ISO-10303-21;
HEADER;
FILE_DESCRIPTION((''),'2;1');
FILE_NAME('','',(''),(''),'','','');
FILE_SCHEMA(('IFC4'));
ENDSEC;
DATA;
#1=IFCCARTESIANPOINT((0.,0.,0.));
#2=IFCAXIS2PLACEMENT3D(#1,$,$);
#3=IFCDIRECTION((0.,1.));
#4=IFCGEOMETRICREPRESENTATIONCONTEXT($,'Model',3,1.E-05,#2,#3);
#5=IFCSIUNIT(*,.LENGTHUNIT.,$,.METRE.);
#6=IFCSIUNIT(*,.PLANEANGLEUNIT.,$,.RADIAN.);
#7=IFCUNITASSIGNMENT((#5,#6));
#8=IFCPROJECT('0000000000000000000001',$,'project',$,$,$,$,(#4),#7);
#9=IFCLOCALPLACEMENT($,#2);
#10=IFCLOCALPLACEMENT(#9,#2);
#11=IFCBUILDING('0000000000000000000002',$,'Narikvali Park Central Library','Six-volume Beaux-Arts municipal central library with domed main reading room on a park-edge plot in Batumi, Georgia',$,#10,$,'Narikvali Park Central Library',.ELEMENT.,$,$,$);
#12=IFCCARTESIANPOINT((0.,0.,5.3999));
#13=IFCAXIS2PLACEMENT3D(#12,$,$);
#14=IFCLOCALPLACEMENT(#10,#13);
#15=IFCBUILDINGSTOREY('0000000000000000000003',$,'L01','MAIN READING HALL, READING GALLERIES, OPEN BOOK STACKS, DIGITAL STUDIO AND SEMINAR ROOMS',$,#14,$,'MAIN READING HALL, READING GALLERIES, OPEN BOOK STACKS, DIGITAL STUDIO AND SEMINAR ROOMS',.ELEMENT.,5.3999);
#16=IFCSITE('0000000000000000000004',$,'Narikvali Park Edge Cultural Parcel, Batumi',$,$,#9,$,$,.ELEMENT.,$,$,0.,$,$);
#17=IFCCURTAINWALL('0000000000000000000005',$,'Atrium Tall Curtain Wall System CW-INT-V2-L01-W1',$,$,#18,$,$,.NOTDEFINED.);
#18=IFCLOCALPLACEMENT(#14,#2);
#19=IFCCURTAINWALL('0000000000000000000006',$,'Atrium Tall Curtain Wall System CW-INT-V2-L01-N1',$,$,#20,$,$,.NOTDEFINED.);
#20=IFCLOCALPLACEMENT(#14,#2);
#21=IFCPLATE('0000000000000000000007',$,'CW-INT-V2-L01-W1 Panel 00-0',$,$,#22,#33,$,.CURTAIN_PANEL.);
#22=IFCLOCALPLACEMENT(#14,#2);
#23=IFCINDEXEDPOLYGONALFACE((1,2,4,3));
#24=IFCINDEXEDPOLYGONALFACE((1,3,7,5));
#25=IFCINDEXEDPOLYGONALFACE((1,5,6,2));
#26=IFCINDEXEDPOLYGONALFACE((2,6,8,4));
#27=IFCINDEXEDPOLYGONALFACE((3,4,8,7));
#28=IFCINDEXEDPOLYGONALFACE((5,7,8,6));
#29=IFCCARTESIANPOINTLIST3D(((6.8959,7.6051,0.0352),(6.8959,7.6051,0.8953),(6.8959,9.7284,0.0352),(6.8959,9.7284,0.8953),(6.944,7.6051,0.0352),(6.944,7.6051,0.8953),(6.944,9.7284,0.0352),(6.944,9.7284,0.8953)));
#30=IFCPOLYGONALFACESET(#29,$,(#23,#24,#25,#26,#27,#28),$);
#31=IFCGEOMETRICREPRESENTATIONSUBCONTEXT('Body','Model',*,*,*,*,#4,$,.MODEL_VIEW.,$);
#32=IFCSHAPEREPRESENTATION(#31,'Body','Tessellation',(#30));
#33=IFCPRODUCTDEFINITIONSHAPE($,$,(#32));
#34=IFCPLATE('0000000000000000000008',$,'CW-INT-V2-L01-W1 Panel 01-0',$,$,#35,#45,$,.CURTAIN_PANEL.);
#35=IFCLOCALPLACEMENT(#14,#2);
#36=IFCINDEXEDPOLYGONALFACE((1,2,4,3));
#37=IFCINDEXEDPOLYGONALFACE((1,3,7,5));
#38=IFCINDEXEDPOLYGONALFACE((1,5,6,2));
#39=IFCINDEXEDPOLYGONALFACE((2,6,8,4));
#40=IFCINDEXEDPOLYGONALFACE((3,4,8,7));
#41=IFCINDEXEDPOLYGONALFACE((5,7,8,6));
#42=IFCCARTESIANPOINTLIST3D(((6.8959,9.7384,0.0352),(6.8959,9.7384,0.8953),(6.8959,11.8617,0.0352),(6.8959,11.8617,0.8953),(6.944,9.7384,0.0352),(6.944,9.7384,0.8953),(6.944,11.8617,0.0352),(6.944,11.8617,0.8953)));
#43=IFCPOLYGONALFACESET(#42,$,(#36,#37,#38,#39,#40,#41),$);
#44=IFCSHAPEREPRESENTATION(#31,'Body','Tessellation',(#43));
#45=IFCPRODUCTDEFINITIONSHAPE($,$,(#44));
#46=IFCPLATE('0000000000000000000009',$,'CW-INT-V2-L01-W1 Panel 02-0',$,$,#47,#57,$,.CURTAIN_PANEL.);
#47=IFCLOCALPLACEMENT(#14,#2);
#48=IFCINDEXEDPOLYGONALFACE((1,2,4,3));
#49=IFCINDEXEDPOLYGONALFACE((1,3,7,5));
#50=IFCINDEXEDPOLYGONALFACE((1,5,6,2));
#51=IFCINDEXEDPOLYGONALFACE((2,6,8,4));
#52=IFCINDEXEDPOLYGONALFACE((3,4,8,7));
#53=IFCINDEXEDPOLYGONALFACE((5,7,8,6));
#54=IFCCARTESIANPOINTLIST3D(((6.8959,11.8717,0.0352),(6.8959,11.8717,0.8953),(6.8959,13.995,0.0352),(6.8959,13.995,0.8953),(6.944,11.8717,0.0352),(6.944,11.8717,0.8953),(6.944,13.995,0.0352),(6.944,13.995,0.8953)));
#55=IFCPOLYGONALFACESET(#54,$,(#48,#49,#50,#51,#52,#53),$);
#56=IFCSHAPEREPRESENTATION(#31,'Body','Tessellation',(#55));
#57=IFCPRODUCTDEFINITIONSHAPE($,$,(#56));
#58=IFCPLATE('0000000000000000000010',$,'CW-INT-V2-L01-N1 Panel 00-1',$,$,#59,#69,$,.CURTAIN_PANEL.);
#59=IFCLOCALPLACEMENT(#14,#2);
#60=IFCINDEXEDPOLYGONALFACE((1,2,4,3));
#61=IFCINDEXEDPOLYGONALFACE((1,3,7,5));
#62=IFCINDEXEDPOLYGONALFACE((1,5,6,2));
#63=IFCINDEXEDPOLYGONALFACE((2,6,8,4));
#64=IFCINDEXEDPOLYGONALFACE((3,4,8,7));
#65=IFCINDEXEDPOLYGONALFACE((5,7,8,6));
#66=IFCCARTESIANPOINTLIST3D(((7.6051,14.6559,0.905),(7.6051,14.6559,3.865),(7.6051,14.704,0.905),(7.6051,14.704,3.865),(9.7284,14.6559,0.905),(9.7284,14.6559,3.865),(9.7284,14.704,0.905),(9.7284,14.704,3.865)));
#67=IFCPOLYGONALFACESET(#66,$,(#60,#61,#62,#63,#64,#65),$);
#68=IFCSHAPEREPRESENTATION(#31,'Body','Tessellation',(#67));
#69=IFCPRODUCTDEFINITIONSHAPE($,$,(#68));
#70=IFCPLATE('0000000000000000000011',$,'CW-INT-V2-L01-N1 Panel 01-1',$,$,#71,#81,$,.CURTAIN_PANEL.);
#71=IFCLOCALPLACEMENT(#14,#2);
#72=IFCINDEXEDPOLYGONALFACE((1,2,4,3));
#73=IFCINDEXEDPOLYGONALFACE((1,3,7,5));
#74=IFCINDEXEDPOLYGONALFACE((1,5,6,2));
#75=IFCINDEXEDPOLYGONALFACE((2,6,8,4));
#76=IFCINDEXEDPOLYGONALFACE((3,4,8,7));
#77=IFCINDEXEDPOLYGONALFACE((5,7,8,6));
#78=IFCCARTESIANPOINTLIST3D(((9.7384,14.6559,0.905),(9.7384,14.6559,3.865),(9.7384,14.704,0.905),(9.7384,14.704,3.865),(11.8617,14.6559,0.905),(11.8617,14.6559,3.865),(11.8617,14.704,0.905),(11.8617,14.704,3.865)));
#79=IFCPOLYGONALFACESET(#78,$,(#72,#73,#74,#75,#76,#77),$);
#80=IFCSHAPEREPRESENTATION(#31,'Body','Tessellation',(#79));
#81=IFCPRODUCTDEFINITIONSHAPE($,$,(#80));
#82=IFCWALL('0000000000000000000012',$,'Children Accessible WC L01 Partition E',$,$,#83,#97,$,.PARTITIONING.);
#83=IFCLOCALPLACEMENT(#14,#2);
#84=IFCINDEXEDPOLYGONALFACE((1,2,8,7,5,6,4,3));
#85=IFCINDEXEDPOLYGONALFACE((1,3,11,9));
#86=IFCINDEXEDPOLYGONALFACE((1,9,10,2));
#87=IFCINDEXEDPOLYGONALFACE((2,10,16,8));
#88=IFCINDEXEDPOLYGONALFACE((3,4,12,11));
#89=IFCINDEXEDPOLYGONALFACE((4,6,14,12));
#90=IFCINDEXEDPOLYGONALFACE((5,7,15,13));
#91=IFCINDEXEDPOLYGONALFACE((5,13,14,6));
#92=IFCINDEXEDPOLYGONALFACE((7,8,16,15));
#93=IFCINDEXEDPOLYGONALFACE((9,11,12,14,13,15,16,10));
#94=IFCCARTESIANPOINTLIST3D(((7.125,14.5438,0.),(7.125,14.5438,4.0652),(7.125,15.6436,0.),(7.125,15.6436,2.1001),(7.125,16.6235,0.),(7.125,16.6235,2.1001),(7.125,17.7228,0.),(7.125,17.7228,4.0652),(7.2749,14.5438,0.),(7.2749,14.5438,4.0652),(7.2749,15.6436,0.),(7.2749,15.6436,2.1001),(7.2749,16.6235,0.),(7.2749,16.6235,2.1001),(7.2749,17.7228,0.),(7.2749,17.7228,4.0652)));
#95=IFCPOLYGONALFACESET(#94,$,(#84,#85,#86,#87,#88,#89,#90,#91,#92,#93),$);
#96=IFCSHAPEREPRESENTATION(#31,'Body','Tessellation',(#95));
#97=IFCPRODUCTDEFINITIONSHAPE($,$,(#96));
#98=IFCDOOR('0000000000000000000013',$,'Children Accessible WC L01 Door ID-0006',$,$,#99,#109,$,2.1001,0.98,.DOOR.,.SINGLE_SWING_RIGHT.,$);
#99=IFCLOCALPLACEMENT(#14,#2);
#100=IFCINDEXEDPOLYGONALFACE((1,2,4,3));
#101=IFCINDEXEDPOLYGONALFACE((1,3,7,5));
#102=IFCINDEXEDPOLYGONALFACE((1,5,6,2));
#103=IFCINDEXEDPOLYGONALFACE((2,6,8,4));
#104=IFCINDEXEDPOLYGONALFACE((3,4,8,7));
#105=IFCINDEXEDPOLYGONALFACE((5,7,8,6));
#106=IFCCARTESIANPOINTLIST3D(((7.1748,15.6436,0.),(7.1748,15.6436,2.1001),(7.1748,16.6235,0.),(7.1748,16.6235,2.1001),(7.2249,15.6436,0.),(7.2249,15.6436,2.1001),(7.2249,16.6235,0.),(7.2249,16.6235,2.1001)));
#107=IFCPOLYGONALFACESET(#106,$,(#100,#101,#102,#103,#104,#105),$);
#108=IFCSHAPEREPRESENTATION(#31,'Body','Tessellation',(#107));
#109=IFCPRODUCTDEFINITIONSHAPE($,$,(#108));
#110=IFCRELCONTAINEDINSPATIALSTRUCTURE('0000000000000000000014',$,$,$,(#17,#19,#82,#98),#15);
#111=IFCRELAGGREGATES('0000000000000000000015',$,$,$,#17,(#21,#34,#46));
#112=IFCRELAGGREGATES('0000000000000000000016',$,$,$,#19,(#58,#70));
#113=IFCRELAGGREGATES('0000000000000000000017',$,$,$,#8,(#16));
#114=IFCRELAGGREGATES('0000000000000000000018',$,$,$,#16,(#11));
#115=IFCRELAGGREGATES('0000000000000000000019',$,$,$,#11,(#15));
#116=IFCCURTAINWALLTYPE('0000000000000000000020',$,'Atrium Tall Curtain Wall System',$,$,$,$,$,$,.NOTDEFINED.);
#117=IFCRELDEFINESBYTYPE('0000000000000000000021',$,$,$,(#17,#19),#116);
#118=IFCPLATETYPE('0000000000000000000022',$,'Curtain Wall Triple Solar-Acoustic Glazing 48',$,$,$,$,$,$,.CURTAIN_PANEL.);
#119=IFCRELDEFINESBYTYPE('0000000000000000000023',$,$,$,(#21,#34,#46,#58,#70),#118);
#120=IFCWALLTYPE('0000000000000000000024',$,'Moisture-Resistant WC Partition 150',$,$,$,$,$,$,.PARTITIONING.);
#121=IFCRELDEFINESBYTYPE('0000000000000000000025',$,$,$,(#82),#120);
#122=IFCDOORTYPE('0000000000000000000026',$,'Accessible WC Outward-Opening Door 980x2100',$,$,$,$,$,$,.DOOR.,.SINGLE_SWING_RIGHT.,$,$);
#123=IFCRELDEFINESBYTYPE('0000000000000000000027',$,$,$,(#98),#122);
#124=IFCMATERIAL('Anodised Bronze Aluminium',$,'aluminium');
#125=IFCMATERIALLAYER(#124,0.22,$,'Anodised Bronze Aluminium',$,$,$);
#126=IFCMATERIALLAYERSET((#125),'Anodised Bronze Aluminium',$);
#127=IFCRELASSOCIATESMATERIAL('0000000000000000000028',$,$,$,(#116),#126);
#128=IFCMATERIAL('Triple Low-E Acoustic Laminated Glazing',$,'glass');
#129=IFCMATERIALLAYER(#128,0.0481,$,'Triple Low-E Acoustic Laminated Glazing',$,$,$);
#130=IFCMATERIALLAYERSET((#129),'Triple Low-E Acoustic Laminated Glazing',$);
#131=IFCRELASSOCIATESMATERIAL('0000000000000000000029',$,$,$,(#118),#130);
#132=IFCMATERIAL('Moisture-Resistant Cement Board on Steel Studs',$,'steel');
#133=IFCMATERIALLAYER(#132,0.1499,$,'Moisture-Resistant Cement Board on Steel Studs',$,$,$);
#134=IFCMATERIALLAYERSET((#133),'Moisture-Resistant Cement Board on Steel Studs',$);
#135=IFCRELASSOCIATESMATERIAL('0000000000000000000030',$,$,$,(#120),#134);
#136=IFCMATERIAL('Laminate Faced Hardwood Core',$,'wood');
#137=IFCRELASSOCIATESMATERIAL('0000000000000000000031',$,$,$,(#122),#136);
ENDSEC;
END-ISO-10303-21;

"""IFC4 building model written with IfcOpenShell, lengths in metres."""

from ifc_helpers import new_model, si_unit, direction, frame, frame_2d, origin, origin_2d, place, context, subcontext, project, spatial, rectangle, extrude, material, layer, layer_set, type_object, element, fill, aggregate, save


model = new_model("IFC4")

# Units and contexts
model_context = context("Model", 3, precision=1e-05, world=origin(), true_north=direction((0.0, 1.0)))
body_context = subcontext(model_context, "Body", "Model", "MODEL_VIEW")
ifc_project = project(units=[si_unit("LENGTHUNIT", "METRE"), si_unit("PLANEANGLEUNIT", "RADIAN")], contexts=[model_context])

# Site, building, storey
site_placement = place(None, origin())
site = spatial("IfcSite", under=ifc_project, at=site_placement, Name="Narikvali Park Edge Cultural Parcel, Batumi", CompositionType="ELEMENT", RefElevation=0.0)
building_placement = place(site_placement, origin())
building = spatial("IfcBuilding", under=site, at=building_placement, Name="Narikvali Park Central Library", Description="Six-volume Beaux-Arts municipal central library with domed main reading room on a park-edge plot in Batumi, Georgia", LongName="Narikvali Park Central Library", CompositionType="ELEMENT")
storey_placement = place(building_placement, frame((0.0, 0.0, 5.3999)))
storey = spatial("IfcBuildingStorey", under=building, at=storey_placement, Name="L01", Description="MAIN READING HALL, READING GALLERIES, OPEN BOOK STACKS, DIGITAL STUDIO AND SEMINAR ROOMS", LongName="MAIN READING HALL, READING GALLERIES, OPEN BOOK STACKS, DIGITAL STUDIO AND SEMINAR ROOMS", CompositionType="ELEMENT", Elevation=5.3999)

# Curtain walls
ifc_material_1 = material(Name="Anodised Bronze Aluminium", Category="aluminium")
ifc_layer_1 = layer(ifc_material_1, 0.22, Name="Anodised Bronze Aluminium")
ifc_layer_set_1 = layer_set([ifc_layer_1], Name="Anodised Bronze Aluminium")
curtain_wall_type = type_object("IfcCurtainWallType", Name="Atrium Tall Curtain Wall System", PredefinedType="NOTDEFINED", material=ifc_layer_set_1)
curtain_wall_1_placement = place(storey_placement, origin())
curtain_wall_1 = element("IfcCurtainWall", 1, at=curtain_wall_1_placement, inside=storey, type_object=curtain_wall_type, Name="Atrium Tall Curtain Wall System CW-INT-V2-L01-W1", PredefinedType="NOTDEFINED")
curtain_wall_2_placement = place(storey_placement, origin())
curtain_wall_2 = element("IfcCurtainWall", 2, at=curtain_wall_2_placement, inside=storey, type_object=curtain_wall_type, Name="Atrium Tall Curtain Wall System CW-INT-V2-L01-N1", PredefinedType="NOTDEFINED")

# Plates
ifc_material_2 = material(Name="Triple Low-E Acoustic Laminated Glazing", Category="glass")
ifc_layer_2 = layer(ifc_material_2, 0.0481, Name="Triple Low-E Acoustic Laminated Glazing")
ifc_layer_set_2 = layer_set([ifc_layer_2], Name="Triple Low-E Acoustic Laminated Glazing")
plate_type_1 = type_object("IfcPlateType", Name="Curtain Wall Triple Solar-Acoustic Glazing 48", PredefinedType="CURTAIN_PANEL", material=ifc_layer_set_2)
plate_1_placement = place(storey_placement, frame((6.9199, 8.6667, 0.0352), z_axis=(0.0, 0.0, 1.0), x_axis=(0.0, 1.0, 0.0)))
plate_1 = element("IfcPlate", 3, at=plate_1_placement, type_object=plate_type_1, Name="CW-INT-V2-L01-W1 Panel 00-0", PredefinedType="CURTAIN_PANEL", context=body_context, shape_type="SweptSolid", body=[
    extrude(rectangle(XDim=2.1233, YDim=0.0481, at=origin_2d()), origin(), (0.0, 0.0, 1.0), 0.8601),
])
plate_2_placement = place(storey_placement, frame((6.9199, 10.8, 0.0352), z_axis=(0.0, 0.0, 1.0), x_axis=(0.0, 1.0, 0.0)))
plate_2 = element("IfcPlate", 4, at=plate_2_placement, type_object=plate_type_1, Name="CW-INT-V2-L01-W1 Panel 01-0", PredefinedType="CURTAIN_PANEL", context=body_context, shape_type="SweptSolid", body=[
    extrude(rectangle(XDim=2.1233, YDim=0.0481, at=origin_2d()), origin(), (0.0, 0.0, 1.0), 0.8601),
])
plate_3_placement = place(storey_placement, frame((6.9199, 12.9333, 0.0352), z_axis=(0.0, 0.0, 1.0), x_axis=(0.0, 1.0, 0.0)))
plate_3 = element("IfcPlate", 5, at=plate_3_placement, type_object=plate_type_1, Name="CW-INT-V2-L01-W1 Panel 02-0", PredefinedType="CURTAIN_PANEL", context=body_context, shape_type="SweptSolid", body=[
    extrude(rectangle(XDim=2.1233, YDim=0.0481, at=origin_2d()), origin(), (0.0, 0.0, 1.0), 0.8601),
])
aggregate(curtain_wall_1, [plate_1, plate_2, plate_3])
plate_4_placement = place(storey_placement, frame((8.6667, 14.6799, 0.905), z_axis=(0.0, 0.0, 1.0), x_axis=(1.0, 0.0, 0.0)))
plate_4 = element("IfcPlate", 6, at=plate_4_placement, type_object=plate_type_1, Name="CW-INT-V2-L01-N1 Panel 00-1", PredefinedType="CURTAIN_PANEL", context=body_context, shape_type="SweptSolid", body=[
    extrude(rectangle(XDim=2.1233, YDim=0.0481, at=origin_2d()), origin(), (0.0, 0.0, 1.0), 2.96),
])
plate_5_placement = place(storey_placement, frame((10.8, 14.6799, 0.905), z_axis=(0.0, 0.0, 1.0), x_axis=(1.0, 0.0, 0.0)))
plate_5 = element("IfcPlate", 7, at=plate_5_placement, type_object=plate_type_1, Name="CW-INT-V2-L01-N1 Panel 01-1", PredefinedType="CURTAIN_PANEL", context=body_context, shape_type="SweptSolid", body=[
    extrude(rectangle(XDim=2.1233, YDim=0.0481, at=origin_2d()), origin(), (0.0, 0.0, 1.0), 2.96),
])
aggregate(curtain_wall_2, [plate_4, plate_5])

# Wall, opening, door
ifc_material_3 = material(Name="Moisture-Resistant Cement Board on Steel Studs", Category="steel")
ifc_layer_3 = layer(ifc_material_3, 0.1499, Name="Moisture-Resistant Cement Board on Steel Studs")
ifc_layer_set_3 = layer_set([ifc_layer_3], Name="Moisture-Resistant Cement Board on Steel Studs")
wall_type = type_object("IfcWallType", Name="Moisture-Resistant WC Partition 150", PredefinedType="PARTITIONING", material=ifc_layer_set_3)
wall_placement = place(storey_placement, frame((7.2, 14.5439, 0.0), z_axis=(0.0, 0.0, 1.0), x_axis=(0.0, 1.0, 0.0)))
wall = element("IfcWall", 8, at=wall_placement, inside=storey, type_object=wall_type, Name="Children Accessible WC L01 Partition E", PredefinedType="PARTITIONING", context=body_context, shape_type="SweptSolid", body=[
    extrude(rectangle(XDim=3.179, YDim=0.1499, at=frame_2d((1.5894, 0.0))), origin(), (0.0, 0.0, 1.0), 4.0652),
])
opening_placement = place(wall_placement, frame((1.0996, 0.0, 0.0)))
opening = element("IfcOpeningElement", 9, at=opening_placement, cuts=wall, PredefinedType="OPENING", context=body_context, shape_type="SweptSolid", body=[
    extrude(rectangle(XDim=0.98, YDim=2.1001, at=frame_2d((0.49, 1.05))), frame((0.0, 0.0869, 0.0), z_axis=(0.0, -1.0, 0.0), x_axis=(1.0, 0.0, 0.0)), (0.0, 0.0, 1.0), 0.1738),
])
ifc_material_4 = material(Name="Laminate Faced Hardwood Core", Category="wood")
door_type = type_object("IfcDoorType", Name="Accessible WC Outward-Opening Door 980x2100", OperationType="SINGLE_SWING_RIGHT", PredefinedType="DOOR", material=ifc_material_4)
door_placement = place(opening_placement, frame((0.98, 0.0, 0.0), z_axis=(0.0, 0.0, 1.0), x_axis=(-1.0, 0.0, 0.0)))
door = element("IfcDoor", 10, at=door_placement, inside=storey, type_object=door_type, Name="Children Accessible WC L01 Door ID-0006", OperationType="SINGLE_SWING_RIGHT", OverallHeight=2.1001, OverallWidth=0.98, PredefinedType="DOOR", context=body_context, shape_type="SweptSolid", body=[
    extrude(rectangle(XDim=0.98, YDim=2.1001, at=frame_2d((0.49, 1.05))), frame((0.0, 0.0249, 0.0), z_axis=(0.0, -1.0, 0.0), x_axis=(1.0, 0.0, 0.0)), (0.0, 0.0, 1.0), 0.05),
])
fill(opening, door)

save(model, "model.ifc")
